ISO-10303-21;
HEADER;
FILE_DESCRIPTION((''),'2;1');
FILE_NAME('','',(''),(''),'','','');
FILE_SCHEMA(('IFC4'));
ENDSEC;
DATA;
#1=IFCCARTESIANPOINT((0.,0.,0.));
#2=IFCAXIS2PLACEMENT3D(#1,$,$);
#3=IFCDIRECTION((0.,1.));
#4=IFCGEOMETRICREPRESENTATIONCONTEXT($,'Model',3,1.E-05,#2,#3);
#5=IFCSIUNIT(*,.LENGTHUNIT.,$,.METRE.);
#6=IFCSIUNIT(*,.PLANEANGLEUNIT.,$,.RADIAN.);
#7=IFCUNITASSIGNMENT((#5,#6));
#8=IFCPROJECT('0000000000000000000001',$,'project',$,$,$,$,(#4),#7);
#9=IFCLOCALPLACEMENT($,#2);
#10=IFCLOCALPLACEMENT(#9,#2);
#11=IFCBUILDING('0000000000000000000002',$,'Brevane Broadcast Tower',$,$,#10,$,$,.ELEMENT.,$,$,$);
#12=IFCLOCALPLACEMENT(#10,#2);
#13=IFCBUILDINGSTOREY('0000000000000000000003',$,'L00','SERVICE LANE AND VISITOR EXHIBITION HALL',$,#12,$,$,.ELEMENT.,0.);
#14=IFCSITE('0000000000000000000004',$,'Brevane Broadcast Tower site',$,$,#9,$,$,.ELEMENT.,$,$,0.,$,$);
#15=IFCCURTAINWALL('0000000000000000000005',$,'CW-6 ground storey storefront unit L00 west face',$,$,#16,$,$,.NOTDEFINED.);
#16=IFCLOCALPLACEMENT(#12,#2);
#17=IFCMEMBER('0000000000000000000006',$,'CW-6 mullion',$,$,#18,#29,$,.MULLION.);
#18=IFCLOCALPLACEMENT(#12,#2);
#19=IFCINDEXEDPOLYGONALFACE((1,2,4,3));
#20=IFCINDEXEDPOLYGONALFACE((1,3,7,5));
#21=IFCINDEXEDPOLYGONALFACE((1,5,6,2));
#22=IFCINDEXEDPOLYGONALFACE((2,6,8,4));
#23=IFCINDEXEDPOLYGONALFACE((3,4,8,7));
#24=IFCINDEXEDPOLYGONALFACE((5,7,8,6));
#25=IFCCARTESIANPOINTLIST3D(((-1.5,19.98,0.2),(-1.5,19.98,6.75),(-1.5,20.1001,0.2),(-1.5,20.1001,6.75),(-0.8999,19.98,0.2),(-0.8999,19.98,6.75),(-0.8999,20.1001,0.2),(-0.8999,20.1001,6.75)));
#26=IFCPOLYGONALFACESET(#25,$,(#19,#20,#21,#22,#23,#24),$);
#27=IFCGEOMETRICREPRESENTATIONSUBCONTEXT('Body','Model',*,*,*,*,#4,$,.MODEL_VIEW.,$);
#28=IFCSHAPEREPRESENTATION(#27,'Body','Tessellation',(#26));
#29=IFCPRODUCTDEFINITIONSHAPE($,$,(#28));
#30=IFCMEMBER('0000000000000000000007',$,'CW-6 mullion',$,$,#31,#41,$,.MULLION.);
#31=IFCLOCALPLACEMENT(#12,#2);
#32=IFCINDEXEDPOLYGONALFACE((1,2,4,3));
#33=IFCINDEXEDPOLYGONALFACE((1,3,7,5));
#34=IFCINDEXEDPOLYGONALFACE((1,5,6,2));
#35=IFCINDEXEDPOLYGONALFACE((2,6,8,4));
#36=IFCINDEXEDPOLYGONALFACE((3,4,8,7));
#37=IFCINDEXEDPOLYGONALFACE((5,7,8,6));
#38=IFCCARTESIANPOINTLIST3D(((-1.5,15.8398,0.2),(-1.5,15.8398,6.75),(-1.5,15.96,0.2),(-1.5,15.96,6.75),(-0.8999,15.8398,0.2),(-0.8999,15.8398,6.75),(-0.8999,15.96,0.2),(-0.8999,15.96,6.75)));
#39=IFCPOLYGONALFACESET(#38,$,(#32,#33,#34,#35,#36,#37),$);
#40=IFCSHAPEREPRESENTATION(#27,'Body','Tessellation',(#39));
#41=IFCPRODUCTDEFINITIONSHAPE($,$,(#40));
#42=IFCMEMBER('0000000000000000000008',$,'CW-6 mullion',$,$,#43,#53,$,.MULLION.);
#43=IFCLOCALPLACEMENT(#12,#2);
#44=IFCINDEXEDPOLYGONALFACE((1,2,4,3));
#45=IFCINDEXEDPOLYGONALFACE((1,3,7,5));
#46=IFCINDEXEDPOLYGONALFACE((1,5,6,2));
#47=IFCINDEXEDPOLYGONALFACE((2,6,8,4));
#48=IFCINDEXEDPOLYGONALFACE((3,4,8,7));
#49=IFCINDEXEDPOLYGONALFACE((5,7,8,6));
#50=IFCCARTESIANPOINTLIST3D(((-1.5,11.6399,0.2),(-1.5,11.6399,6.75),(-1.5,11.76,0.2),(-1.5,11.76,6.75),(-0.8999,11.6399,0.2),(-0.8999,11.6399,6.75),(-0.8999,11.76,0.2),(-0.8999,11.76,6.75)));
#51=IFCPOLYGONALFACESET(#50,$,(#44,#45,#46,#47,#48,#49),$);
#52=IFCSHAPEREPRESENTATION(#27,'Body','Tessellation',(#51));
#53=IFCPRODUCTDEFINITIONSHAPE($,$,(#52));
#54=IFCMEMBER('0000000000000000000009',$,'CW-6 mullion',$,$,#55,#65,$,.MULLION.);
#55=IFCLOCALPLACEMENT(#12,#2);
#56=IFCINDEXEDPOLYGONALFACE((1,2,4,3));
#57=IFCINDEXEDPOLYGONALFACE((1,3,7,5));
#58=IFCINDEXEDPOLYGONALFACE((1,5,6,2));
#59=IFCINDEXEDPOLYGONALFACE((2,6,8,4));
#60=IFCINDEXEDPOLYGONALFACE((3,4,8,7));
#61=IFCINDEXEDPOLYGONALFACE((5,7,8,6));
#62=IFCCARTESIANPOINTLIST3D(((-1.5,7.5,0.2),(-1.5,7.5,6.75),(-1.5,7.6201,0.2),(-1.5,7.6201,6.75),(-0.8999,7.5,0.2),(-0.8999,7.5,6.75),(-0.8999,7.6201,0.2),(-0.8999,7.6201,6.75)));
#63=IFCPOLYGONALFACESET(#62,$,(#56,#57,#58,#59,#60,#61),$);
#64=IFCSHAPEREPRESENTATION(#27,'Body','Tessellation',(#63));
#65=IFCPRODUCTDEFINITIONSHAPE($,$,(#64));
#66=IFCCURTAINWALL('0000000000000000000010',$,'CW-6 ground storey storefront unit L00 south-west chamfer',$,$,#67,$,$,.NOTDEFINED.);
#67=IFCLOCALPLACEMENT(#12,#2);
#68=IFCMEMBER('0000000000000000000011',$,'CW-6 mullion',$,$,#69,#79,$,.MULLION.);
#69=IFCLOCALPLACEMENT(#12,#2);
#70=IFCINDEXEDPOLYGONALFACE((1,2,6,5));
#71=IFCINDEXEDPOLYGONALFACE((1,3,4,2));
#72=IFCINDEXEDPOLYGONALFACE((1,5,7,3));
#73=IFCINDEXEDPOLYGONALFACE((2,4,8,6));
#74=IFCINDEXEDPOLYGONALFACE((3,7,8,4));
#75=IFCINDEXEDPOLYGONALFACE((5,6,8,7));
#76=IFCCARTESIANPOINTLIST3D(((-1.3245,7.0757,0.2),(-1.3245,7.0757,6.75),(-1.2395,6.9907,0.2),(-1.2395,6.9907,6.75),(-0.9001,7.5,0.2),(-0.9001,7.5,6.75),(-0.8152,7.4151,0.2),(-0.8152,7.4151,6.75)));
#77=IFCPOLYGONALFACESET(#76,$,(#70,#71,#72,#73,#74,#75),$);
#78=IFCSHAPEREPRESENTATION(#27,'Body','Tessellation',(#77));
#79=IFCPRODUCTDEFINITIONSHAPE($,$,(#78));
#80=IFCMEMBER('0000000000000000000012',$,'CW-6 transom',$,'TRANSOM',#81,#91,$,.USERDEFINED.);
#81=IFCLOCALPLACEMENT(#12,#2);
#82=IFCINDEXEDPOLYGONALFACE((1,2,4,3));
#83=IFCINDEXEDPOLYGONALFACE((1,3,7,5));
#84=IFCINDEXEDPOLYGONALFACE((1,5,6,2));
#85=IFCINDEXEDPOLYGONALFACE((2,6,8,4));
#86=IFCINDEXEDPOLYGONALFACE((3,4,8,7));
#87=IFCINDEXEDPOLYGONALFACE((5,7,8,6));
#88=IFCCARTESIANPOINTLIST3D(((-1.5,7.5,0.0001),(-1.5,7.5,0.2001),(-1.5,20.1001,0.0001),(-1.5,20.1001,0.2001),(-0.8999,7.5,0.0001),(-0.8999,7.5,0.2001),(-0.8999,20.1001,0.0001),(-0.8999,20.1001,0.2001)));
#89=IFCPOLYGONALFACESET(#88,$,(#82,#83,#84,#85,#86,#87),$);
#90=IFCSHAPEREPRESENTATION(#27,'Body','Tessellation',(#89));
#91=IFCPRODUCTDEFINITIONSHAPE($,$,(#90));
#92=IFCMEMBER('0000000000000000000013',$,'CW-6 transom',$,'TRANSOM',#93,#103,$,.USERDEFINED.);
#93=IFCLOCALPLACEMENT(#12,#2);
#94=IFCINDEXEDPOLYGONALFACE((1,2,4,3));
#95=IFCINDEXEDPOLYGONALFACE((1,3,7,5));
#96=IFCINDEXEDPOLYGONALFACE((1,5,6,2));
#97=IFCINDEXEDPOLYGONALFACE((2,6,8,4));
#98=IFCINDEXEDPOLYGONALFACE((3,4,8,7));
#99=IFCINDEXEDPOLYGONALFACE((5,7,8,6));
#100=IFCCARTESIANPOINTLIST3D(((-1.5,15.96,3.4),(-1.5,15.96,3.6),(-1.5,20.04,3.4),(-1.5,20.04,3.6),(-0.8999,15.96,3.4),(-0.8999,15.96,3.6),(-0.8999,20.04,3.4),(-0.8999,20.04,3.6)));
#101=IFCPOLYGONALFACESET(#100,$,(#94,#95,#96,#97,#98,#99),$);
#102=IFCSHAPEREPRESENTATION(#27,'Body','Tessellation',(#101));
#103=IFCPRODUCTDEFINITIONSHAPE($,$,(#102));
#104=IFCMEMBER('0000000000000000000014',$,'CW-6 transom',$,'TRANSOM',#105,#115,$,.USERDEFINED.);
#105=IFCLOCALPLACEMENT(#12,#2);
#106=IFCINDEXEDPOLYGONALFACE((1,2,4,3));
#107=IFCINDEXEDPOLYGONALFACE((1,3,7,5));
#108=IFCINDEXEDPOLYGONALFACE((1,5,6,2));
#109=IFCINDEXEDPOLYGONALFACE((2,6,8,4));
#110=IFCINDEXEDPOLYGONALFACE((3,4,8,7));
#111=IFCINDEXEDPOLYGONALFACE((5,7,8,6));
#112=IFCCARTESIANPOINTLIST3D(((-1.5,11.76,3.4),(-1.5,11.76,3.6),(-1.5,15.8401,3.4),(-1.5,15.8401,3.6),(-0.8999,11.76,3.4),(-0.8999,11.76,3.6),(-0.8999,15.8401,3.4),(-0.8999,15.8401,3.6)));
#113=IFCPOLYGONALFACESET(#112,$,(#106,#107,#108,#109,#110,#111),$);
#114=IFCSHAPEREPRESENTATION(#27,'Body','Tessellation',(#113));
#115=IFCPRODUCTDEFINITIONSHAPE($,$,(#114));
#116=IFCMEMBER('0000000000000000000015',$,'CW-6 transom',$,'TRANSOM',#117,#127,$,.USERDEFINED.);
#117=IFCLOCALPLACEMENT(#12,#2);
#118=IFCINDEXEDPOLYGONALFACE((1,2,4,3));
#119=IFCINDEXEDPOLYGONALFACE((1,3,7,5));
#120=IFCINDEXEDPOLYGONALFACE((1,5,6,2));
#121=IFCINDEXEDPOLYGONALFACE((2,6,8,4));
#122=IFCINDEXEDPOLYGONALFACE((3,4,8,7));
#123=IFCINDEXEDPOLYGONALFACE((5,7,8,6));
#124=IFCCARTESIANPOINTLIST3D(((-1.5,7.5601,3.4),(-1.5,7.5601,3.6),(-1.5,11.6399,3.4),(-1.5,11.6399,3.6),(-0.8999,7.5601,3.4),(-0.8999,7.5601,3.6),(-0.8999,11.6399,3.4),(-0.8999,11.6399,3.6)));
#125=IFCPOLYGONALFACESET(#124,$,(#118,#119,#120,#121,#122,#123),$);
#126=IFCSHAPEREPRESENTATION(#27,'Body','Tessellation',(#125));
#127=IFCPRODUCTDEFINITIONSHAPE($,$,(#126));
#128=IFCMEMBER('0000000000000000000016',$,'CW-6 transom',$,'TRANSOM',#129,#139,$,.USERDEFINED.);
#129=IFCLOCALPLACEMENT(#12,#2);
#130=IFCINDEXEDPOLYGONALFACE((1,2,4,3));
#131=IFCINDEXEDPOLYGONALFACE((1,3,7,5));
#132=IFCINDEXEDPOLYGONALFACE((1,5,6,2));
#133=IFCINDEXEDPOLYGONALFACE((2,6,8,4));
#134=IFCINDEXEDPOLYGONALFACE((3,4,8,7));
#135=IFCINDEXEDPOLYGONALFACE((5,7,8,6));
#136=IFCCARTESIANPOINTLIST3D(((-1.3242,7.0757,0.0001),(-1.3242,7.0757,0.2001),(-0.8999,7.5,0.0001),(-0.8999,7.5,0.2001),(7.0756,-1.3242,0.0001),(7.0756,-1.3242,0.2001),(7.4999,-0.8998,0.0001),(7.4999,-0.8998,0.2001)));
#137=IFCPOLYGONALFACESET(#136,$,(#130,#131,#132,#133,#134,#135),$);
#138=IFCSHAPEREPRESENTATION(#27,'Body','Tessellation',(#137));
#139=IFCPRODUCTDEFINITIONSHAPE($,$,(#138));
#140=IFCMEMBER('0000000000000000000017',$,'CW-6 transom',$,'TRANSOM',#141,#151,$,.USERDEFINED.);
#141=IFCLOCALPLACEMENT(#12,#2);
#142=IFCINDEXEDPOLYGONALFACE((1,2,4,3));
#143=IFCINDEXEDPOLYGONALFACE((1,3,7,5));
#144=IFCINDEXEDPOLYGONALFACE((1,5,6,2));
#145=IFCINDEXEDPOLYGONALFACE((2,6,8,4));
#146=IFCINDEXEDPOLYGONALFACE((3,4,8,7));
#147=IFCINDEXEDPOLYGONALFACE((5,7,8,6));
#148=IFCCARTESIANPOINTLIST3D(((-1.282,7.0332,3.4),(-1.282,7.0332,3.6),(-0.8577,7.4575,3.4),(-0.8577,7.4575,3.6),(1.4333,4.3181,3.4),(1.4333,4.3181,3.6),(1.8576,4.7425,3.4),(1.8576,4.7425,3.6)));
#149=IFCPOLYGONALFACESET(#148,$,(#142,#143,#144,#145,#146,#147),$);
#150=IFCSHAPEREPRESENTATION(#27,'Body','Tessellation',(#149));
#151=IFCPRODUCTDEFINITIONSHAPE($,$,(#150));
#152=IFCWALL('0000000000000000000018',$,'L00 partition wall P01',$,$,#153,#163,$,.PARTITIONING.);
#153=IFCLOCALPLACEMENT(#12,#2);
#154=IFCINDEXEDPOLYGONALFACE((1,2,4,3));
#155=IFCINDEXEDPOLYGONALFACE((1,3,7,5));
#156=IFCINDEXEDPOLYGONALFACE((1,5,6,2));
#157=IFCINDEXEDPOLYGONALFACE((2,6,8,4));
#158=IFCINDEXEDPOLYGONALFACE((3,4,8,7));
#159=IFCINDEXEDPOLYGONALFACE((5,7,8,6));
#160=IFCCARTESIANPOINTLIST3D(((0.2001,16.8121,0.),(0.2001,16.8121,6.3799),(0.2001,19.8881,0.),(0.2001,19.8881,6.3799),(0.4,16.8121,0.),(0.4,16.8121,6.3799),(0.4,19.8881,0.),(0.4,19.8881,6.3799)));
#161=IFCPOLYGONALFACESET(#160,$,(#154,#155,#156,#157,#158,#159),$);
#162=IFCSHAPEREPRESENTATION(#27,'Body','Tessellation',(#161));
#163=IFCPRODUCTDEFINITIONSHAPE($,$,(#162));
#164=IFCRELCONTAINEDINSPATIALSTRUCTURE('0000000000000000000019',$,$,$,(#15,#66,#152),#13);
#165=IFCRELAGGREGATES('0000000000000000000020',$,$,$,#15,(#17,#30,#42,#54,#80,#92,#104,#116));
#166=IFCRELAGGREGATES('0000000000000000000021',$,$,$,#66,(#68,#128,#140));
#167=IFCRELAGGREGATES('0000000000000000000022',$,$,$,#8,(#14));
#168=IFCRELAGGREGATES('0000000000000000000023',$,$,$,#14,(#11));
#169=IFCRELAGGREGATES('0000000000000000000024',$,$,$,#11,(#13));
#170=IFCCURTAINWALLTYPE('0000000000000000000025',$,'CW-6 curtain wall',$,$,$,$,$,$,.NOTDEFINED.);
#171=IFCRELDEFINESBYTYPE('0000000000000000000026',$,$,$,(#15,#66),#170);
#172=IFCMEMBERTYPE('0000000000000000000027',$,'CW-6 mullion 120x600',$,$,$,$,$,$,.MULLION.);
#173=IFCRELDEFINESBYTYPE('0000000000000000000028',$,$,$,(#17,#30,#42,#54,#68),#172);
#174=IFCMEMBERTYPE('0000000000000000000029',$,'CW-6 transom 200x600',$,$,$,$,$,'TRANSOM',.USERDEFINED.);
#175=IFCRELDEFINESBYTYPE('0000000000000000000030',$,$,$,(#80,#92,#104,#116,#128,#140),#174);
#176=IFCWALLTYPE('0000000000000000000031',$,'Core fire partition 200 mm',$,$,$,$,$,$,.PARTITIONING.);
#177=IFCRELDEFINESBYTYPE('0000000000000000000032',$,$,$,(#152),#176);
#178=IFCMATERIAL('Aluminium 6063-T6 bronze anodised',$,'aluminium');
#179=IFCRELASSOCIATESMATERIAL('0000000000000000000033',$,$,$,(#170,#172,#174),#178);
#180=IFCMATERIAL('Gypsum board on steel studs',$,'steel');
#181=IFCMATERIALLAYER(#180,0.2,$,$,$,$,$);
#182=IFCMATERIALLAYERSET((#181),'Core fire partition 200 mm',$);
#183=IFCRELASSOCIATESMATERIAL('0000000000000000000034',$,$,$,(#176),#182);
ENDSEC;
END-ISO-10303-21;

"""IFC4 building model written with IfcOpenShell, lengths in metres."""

from ifc_helpers import new_model, si_unit, direction, frame, frame_2d, origin, origin_2d, place, context, subcontext, project, spatial, rectangle, extrude, material, layer, layer_set, material_profile, profile_set, type_object, element, aggregate, save


model = new_model("IFC4")

# Units and contexts
model_context = context("Model", 3, precision=1e-05, world=origin(), true_north=direction((0.0, 1.0)))
body_context = subcontext(model_context, "Body", "Model", "MODEL_VIEW")
ifc_project = project(units=[si_unit("LENGTHUNIT", "METRE"), si_unit("PLANEANGLEUNIT", "RADIAN")], contexts=[model_context])

# Site, building, storey
site_placement = place(None, origin())
site = spatial("IfcSite", under=ifc_project, at=site_placement, Name="Brevane Broadcast Tower site", CompositionType="ELEMENT", RefElevation=0.0)
building_placement = place(site_placement, origin())
building = spatial("IfcBuilding", under=site, at=building_placement, Name="Brevane Broadcast Tower", CompositionType="ELEMENT")
storey_placement = place(building_placement, origin())
storey = spatial("IfcBuildingStorey", under=building, at=storey_placement, Name="L00", Description="SERVICE LANE AND VISITOR EXHIBITION HALL", CompositionType="ELEMENT", Elevation=0.0)

# Curtain wall, members
ifc_material_1 = material(Name="Aluminium 6063-T6 bronze anodised", Category="aluminium")
curtain_wall_type = type_object("IfcCurtainWallType", Name="CW-6 curtain wall", PredefinedType="NOTDEFINED", material=ifc_material_1)
curtain_wall_1_placement = place(storey_placement, origin())
curtain_wall_1 = element("IfcCurtainWall", 1, at=curtain_wall_1_placement, inside=storey, type_object=curtain_wall_type, Name="CW-6 ground storey storefront unit L00 west face", PredefinedType="NOTDEFINED")
ifc_material_profile_1 = material_profile(ifc_material_1, rectangle(XDim=0.6001, YDim=0.1201, at=origin_2d()), Name="RECT 120x600")
ifc_profile_set_1 = profile_set([ifc_material_profile_1], Name="Aluminium 6063-T6 bronze anodised")
member_type_1 = type_object("IfcMemberType", Name="CW-6 mullion 120x600", PredefinedType="MULLION", material=ifc_profile_set_1)
member_1_placement = place(storey_placement, frame((-1.2, 20.04, 0.2), z_axis=(0.0, 0.0, 1.0), x_axis=(1.0, 0.0, 0.0)))
member_1 = element("IfcMember", 2, at=member_1_placement, type_object=member_type_1, Name="CW-6 mullion", PredefinedType="MULLION", context=body_context, shape_type="SweptSolid", body=[
    extrude(rectangle(XDim=0.6001, YDim=0.1201, at=origin_2d()), origin(), (0.0, 0.0, 1.0), 6.55),
])
member_2_placement = place(storey_placement, frame((-1.2, 15.8999, 0.2), z_axis=(0.0, 0.0, 1.0), x_axis=(1.0, 0.0, 0.0)))
member_2 = element("IfcMember", 3, at=member_2_placement, type_object=member_type_1, Name="CW-6 mullion", PredefinedType="MULLION", context=body_context, shape_type="SweptSolid", body=[
    extrude(rectangle(XDim=0.6001, YDim=0.1201, at=origin_2d()), origin(), (0.0, 0.0, 1.0), 6.55),
])
member_3_placement = place(storey_placement, frame((-1.2, 11.7, 0.2), z_axis=(0.0, 0.0, 1.0), x_axis=(1.0, 0.0, 0.0)))
member_3 = element("IfcMember", 4, at=member_3_placement, type_object=member_type_1, Name="CW-6 mullion", PredefinedType="MULLION", context=body_context, shape_type="SweptSolid", body=[
    extrude(rectangle(XDim=0.6001, YDim=0.1201, at=origin_2d()), origin(), (0.0, 0.0, 1.0), 6.55),
])
member_4_placement = place(storey_placement, frame((-1.2, 7.5601, 0.2), z_axis=(0.0, 0.0, 1.0), x_axis=(1.0, 0.0, 0.0)))
member_4 = element("IfcMember", 5, at=member_4_placement, type_object=member_type_1, Name="CW-6 mullion", PredefinedType="MULLION", context=body_context, shape_type="SweptSolid", body=[
    extrude(rectangle(XDim=0.6001, YDim=0.1201, at=origin_2d()), origin(), (0.0, 0.0, 1.0), 6.55),
])

# Curtain wall, member
curtain_wall_2_placement = place(storey_placement, origin())
curtain_wall_2 = element("IfcCurtainWall", 6, at=curtain_wall_2_placement, inside=storey, type_object=curtain_wall_type, Name="CW-6 ground storey storefront unit L00 south-west chamfer", PredefinedType="NOTDEFINED")
member_5_placement = place(storey_placement, frame((-1.0698, 7.2454, 0.2), z_axis=(0.0, 0.0, 1.0), x_axis=(0.707107, 0.707107, 0.0)))
member_5 = element("IfcMember", 7, at=member_5_placement, type_object=member_type_1, Name="CW-6 mullion", PredefinedType="MULLION", context=body_context, shape_type="SweptSolid", body=[
    extrude(rectangle(XDim=0.6001, YDim=0.1201, at=origin_2d()), origin(), (0.0, 0.0, 1.0), 6.55),
])

# Members
ifc_material_profile_2 = material_profile(ifc_material_1, rectangle(XDim=0.6001, YDim=0.2, at=origin_2d()), Name="RECT 200x600")
ifc_profile_set_2 = profile_set([ifc_material_profile_2], Name="Aluminium 6063-T6 bronze anodised")
member_type_2 = type_object("IfcMemberType", Name="CW-6 transom 200x600", ElementType="TRANSOM", PredefinedType="USERDEFINED", material=ifc_profile_set_2)
member_6_placement = place(storey_placement, frame((-1.2, 20.1001, 0.1001), z_axis=(0.0, -1.0, 0.0), x_axis=(1.0, 0.0, 0.0)))
member_6 = element("IfcMember", 8, at=member_6_placement, type_object=member_type_2, Name="CW-6 transom", ObjectType="TRANSOM", PredefinedType="USERDEFINED", context=body_context, shape_type="SweptSolid", body=[
    extrude(rectangle(XDim=0.6001, YDim=0.2, at=origin_2d()), origin(), (0.0, 0.0, 1.0), 12.6001),
])
member_7_placement = place(storey_placement, frame((-1.2, 20.04, 3.5), z_axis=(0.0, -1.0, 0.0), x_axis=(1.0, 0.0, 0.0)))
member_7 = element("IfcMember", 9, at=member_7_placement, type_object=member_type_2, Name="CW-6 transom", ObjectType="TRANSOM", PredefinedType="USERDEFINED", context=body_context, shape_type="SweptSolid", body=[
    extrude(rectangle(XDim=0.6001, YDim=0.2, at=origin_2d()), origin(), (0.0, 0.0, 1.0), 4.0801),
])
member_8_placement = place(storey_placement, frame((-1.2, 15.8401, 3.5), z_axis=(0.0, -1.0, 0.0), x_axis=(1.0, 0.0, 0.0)))
member_8 = element("IfcMember", 10, at=member_8_placement, type_object=member_type_2, Name="CW-6 transom", ObjectType="TRANSOM", PredefinedType="USERDEFINED", context=body_context, shape_type="SweptSolid", body=[
    extrude(rectangle(XDim=0.6001, YDim=0.2, at=origin_2d()), origin(), (0.0, 0.0, 1.0), 4.0801),
])
member_9_placement = place(storey_placement, frame((-1.2, 11.6399, 3.5), z_axis=(0.0, -1.0, 0.0), x_axis=(1.0, 0.0, 0.0)))
member_9 = element("IfcMember", 11, at=member_9_placement, type_object=member_type_2, Name="CW-6 transom", ObjectType="TRANSOM", PredefinedType="USERDEFINED", context=body_context, shape_type="SweptSolid", body=[
    extrude(rectangle(XDim=0.6001, YDim=0.2, at=origin_2d()), origin(), (0.0, 0.0, 1.0), 4.0798),
])
aggregate(curtain_wall_1, [member_1, member_2, member_3, member_4, member_6, member_7, member_8, member_9])
member_10_placement = place(storey_placement, frame((-1.1121, 7.2878, 0.1001), z_axis=(0.707107, -0.707107, 0.0), x_axis=(0.707107, 0.707107, 0.0)))
member_10 = element("IfcMember", 12, at=member_10_placement, type_object=member_type_2, Name="CW-6 transom", ObjectType="TRANSOM", PredefinedType="USERDEFINED", context=body_context, shape_type="SweptSolid", body=[
    extrude(rectangle(XDim=0.6001, YDim=0.2, at=origin_2d()), origin(), (0.0, 0.0, 1.0), 11.8792),
])
member_11_placement = place(storey_placement, frame((-1.0698, 7.2454, 3.5), z_axis=(0.707139, -0.707075, 0.0), x_axis=(0.707075, 0.707139, 0.0)))
member_11 = element("IfcMember", 13, at=member_11_placement, type_object=member_type_2, Name="CW-6 transom", ObjectType="TRANSOM", PredefinedType="USERDEFINED", context=body_context, shape_type="SweptSolid", body=[
    extrude(rectangle(XDim=0.6001, YDim=0.2, at=origin_2d()), origin(), (0.0, 0.0, 1.0), 3.8398),
])
aggregate(curtain_wall_2, [member_5, member_10, member_11])

# Wall
ifc_material_2 = material(Name="Gypsum board on steel studs", Category="steel")
ifc_layer_1 = layer(ifc_material_2, 0.2)
ifc_layer_set_1 = layer_set([ifc_layer_1], Name="Core fire partition 200 mm")
wall_type_1 = type_object("IfcWallType", Name="Core fire partition 200 mm", PredefinedType="PARTITIONING", material=ifc_layer_set_1)
wall_1_placement = place(storey_placement, frame((0.3, 16.812, 0.0), z_axis=(0.0, 0.0, 1.0), x_axis=(0.0, 1.0, 0.0)))
element("IfcWall", 14, at=wall_1_placement, inside=storey, type_object=wall_type_1, Name="L00 partition wall P01", PredefinedType="PARTITIONING", context=body_context, shape_type="SweptSolid", body=[
    extrude(rectangle(XDim=3.0759, YDim=0.2, at=frame_2d((1.5381, 0.0))), origin(), (0.0, 0.0, 1.0), 6.3799),
])

save(model, "model.ifc")
